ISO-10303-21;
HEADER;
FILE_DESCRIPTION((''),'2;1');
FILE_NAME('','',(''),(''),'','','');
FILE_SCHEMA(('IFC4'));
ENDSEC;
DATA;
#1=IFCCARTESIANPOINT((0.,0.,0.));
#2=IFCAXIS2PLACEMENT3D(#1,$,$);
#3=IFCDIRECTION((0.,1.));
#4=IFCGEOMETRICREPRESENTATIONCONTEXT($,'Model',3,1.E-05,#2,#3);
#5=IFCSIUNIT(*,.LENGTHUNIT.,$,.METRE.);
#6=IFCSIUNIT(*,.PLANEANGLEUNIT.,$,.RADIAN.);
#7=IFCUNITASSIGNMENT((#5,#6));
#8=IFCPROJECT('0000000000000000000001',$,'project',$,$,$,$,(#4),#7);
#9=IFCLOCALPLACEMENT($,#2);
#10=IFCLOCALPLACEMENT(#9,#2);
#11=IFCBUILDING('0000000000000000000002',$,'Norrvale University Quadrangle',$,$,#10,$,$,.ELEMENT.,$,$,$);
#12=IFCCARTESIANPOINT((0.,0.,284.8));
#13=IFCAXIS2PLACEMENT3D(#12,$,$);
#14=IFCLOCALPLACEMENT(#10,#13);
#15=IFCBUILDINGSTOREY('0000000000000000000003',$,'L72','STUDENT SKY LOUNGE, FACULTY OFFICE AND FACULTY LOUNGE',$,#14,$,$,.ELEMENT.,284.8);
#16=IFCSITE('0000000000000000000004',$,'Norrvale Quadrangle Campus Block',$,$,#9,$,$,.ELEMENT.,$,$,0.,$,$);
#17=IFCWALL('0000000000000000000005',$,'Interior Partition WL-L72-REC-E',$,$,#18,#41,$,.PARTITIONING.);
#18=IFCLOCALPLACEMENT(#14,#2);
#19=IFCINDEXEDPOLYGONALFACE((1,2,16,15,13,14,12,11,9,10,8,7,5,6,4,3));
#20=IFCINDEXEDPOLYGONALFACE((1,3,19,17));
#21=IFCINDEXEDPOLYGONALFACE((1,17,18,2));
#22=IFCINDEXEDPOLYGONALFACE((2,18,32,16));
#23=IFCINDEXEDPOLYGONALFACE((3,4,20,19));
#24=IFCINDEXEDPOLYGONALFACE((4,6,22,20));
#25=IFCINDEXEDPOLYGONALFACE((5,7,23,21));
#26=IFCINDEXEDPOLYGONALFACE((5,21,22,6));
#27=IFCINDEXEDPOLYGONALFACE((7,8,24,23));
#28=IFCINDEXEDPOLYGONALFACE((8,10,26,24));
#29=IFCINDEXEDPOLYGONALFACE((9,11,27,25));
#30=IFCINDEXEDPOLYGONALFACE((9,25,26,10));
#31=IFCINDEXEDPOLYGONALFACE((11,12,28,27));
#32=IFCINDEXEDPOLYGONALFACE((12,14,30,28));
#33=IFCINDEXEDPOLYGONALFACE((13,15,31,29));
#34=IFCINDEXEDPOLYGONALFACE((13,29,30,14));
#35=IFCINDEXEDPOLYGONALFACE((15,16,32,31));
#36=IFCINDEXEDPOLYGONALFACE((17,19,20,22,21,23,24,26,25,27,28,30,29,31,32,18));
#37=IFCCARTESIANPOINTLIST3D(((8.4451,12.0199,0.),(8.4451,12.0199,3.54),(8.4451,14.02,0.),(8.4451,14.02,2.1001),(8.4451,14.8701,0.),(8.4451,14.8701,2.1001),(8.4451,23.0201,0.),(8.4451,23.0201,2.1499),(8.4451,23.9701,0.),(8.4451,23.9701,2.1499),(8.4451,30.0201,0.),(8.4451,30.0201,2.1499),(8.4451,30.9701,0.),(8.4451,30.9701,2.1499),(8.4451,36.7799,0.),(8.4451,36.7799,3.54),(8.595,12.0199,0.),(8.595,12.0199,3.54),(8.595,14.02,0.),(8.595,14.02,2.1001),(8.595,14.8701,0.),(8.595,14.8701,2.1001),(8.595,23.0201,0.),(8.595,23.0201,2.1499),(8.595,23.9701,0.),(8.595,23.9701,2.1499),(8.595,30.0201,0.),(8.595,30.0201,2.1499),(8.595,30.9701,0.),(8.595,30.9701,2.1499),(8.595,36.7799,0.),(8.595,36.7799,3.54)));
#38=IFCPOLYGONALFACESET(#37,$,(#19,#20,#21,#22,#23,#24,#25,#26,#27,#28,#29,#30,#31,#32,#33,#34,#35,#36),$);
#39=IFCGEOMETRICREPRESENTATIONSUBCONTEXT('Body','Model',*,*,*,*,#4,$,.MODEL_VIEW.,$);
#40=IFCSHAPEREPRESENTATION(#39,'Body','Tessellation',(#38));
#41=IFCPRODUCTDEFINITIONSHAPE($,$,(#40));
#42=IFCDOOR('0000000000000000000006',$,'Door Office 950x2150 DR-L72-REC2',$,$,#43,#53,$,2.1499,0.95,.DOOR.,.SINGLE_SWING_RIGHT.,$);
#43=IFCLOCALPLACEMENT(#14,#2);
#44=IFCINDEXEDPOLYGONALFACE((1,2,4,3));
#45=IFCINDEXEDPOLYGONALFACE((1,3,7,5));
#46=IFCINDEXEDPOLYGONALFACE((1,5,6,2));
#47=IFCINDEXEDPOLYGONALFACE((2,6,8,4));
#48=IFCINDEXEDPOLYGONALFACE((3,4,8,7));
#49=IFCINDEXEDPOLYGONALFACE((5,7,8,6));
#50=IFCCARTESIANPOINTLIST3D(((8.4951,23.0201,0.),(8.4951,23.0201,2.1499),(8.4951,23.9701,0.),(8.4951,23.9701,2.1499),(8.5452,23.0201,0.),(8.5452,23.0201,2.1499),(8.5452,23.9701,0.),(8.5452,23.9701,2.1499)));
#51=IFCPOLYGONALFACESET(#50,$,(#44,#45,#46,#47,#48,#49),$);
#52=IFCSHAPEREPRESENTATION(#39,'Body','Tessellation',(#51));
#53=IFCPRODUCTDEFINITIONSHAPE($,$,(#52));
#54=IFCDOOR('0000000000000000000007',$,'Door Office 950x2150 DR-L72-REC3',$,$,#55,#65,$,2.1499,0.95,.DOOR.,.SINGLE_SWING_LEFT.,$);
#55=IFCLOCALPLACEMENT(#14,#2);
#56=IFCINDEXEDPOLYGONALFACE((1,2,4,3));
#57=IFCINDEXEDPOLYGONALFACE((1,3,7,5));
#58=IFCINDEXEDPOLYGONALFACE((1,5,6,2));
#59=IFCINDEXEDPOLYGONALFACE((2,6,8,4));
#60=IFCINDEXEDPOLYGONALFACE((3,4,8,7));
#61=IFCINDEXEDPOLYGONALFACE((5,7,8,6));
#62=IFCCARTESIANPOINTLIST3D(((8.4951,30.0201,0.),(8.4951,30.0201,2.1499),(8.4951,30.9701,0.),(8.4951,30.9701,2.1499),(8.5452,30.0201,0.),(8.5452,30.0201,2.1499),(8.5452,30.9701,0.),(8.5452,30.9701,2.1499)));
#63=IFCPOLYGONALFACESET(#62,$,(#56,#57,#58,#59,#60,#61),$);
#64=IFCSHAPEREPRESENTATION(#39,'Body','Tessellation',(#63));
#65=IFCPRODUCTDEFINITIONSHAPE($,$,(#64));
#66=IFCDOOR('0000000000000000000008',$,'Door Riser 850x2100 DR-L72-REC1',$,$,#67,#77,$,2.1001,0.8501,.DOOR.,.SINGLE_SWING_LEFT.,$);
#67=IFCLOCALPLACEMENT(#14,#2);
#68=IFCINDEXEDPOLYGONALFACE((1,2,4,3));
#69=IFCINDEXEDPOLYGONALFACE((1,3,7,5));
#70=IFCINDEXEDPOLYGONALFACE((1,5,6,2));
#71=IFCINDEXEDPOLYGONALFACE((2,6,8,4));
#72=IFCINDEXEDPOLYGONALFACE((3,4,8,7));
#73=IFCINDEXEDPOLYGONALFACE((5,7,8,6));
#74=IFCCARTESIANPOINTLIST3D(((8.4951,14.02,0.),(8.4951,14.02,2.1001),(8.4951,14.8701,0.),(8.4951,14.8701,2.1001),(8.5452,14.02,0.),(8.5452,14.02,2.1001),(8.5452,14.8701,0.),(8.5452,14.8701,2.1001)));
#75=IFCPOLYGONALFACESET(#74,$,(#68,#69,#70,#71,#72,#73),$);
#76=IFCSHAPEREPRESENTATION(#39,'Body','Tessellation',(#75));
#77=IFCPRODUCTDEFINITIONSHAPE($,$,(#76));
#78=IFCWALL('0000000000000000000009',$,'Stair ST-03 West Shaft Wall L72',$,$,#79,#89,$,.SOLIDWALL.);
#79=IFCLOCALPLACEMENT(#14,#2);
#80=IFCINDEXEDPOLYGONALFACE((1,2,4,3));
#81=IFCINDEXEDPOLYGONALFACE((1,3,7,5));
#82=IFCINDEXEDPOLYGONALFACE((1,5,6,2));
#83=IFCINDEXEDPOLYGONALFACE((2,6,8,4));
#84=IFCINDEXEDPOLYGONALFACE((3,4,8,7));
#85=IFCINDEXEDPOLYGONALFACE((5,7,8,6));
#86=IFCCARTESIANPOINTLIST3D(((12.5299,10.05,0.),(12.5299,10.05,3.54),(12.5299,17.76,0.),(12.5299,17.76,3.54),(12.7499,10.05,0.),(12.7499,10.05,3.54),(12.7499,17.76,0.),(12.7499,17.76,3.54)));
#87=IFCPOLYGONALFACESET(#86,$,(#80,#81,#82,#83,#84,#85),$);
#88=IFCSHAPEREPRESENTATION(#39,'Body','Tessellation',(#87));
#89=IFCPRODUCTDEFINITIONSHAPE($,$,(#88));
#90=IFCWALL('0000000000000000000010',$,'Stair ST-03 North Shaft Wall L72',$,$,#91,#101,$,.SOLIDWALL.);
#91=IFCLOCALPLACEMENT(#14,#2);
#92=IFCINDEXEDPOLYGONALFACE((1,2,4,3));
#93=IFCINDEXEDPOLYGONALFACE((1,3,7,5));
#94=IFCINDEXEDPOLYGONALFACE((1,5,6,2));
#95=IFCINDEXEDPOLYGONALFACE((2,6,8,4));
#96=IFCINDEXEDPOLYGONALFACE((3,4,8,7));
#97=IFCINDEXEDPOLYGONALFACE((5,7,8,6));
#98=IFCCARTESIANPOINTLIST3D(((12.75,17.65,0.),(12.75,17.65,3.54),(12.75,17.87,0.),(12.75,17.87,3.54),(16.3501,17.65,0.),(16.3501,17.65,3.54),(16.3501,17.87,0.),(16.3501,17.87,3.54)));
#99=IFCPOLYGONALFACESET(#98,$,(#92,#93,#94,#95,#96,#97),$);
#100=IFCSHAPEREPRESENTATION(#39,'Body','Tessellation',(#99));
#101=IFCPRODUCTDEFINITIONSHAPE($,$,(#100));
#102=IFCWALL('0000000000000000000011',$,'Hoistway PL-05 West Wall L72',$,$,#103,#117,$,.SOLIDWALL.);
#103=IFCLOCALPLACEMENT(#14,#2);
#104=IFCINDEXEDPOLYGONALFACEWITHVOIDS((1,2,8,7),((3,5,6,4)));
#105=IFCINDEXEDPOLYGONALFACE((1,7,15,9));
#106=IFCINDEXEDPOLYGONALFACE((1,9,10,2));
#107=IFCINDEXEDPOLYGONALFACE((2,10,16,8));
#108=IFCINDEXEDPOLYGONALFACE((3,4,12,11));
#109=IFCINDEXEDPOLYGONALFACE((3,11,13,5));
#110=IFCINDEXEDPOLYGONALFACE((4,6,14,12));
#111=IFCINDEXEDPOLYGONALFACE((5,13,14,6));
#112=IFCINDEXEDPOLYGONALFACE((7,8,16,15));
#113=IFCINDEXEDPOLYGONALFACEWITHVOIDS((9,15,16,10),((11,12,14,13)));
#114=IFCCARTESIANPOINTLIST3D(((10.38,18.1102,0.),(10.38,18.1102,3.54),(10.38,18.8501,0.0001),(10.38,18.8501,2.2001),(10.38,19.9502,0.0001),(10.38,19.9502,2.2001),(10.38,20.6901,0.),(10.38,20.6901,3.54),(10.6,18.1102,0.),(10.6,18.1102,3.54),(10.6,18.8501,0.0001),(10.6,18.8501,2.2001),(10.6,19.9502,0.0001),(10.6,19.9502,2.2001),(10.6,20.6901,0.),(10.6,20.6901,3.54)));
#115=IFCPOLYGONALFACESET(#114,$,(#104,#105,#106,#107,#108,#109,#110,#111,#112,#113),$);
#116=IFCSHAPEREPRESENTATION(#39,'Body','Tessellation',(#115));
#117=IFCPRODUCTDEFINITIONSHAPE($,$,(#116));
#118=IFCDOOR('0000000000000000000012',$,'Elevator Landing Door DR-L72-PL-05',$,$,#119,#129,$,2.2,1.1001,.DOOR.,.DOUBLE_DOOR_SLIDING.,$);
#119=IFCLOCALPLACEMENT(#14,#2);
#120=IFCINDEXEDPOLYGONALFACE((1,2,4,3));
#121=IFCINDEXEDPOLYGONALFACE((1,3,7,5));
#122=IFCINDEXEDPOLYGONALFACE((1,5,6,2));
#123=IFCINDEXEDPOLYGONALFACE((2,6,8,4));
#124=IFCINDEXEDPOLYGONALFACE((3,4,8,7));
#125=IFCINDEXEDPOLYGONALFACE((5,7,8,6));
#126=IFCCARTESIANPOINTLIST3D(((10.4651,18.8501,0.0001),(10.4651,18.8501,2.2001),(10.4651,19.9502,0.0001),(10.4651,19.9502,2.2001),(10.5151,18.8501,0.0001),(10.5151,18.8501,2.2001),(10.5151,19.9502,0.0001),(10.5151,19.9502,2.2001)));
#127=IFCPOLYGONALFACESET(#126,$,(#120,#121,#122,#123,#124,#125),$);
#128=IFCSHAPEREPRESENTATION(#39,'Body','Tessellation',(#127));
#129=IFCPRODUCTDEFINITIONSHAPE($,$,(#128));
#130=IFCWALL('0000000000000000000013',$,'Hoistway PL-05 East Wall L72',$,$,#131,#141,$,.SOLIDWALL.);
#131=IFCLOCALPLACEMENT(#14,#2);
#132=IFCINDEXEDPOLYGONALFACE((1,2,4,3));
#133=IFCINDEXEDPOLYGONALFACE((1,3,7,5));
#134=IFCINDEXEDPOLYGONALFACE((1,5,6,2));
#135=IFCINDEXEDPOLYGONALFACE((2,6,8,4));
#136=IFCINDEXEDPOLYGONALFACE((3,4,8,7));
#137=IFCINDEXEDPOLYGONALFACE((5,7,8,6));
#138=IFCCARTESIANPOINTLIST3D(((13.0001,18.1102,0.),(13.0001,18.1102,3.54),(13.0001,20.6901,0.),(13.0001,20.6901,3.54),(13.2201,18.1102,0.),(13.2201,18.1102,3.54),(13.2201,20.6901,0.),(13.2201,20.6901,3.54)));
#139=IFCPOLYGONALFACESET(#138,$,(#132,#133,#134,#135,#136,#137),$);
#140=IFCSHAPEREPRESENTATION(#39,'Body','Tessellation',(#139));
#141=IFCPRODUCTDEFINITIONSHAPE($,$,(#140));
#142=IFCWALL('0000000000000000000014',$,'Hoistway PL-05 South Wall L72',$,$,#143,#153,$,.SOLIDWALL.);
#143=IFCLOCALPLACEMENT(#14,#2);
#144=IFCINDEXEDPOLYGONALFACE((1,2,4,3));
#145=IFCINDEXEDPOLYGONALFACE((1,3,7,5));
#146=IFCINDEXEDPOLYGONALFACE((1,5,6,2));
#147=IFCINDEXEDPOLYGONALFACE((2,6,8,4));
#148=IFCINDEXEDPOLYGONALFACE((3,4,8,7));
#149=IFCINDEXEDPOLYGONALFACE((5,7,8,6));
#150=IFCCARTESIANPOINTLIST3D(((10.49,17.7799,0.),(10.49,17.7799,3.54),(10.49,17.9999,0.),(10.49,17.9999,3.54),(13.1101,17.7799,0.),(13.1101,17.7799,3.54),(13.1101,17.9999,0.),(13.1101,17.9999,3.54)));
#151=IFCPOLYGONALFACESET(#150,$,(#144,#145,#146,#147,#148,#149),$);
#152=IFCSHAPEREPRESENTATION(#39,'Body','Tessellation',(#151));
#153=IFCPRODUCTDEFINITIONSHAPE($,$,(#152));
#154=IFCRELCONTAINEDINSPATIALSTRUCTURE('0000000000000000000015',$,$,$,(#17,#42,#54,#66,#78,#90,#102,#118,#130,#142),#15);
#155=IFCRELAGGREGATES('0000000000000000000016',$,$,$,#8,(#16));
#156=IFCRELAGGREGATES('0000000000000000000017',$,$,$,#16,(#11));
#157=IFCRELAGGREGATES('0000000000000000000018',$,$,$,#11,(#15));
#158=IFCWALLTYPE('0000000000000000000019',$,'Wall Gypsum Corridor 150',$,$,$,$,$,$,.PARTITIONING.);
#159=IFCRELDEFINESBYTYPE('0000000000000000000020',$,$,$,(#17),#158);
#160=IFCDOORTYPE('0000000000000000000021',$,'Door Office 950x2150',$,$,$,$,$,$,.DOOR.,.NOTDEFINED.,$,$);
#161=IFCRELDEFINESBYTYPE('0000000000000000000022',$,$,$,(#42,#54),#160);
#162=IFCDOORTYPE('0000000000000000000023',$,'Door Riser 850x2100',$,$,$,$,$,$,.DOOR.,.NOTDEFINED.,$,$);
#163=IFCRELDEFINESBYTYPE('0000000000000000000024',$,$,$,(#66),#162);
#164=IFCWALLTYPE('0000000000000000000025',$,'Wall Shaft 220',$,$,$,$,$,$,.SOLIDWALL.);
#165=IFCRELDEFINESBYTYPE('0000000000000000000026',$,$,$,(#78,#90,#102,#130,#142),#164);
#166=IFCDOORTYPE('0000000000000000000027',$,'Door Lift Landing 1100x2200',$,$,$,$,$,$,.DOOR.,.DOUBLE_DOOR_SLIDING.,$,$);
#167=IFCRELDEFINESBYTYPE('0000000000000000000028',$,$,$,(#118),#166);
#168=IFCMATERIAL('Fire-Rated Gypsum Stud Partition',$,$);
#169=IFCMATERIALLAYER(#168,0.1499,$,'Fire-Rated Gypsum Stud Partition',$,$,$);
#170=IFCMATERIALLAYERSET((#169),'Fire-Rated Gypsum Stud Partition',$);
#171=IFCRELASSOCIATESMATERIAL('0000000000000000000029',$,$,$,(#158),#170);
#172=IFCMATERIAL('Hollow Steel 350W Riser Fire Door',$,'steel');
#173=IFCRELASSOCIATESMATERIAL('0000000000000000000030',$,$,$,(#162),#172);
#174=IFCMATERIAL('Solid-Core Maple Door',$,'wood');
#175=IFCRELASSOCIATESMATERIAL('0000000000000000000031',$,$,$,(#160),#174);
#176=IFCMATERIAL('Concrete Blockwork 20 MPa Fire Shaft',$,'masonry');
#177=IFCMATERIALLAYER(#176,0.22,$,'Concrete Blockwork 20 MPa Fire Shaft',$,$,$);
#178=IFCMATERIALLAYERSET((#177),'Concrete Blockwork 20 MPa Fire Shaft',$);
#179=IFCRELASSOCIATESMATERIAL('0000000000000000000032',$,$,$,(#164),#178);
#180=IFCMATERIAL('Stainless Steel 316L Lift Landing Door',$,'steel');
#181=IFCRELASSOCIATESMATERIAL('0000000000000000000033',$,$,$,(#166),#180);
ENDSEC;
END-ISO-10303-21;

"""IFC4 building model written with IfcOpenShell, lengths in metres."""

from ifc_helpers import new_model, si_unit, direction, frame, frame_2d, origin, place, context, subcontext, project, spatial, rectangle, extrude, material, layer, layer_set, type_object, element, fill, save


model = new_model("IFC4")

# Units and contexts
model_context = context("Model", 3, precision=1e-05, world=origin(), true_north=direction((0.0, 1.0)))
body_context = subcontext(model_context, "Body", "Model", "MODEL_VIEW")
ifc_project = project(units=[si_unit("LENGTHUNIT", "METRE"), si_unit("PLANEANGLEUNIT", "RADIAN")], contexts=[model_context])

# Site, building, storey
site_placement = place(None, origin())
site = spatial("IfcSite", under=ifc_project, at=site_placement, Name="Norrvale Quadrangle Campus Block", CompositionType="ELEMENT", RefElevation=0.0)
building_placement = place(site_placement, origin())
building = spatial("IfcBuilding", under=site, at=building_placement, Name="Norrvale University Quadrangle", CompositionType="ELEMENT")
storey_placement = place(building_placement, frame((0.0, 0.0, 284.8)))
storey = spatial("IfcBuildingStorey", under=building, at=storey_placement, Name="L72", Description="STUDENT SKY LOUNGE, FACULTY OFFICE AND FACULTY LOUNGE", CompositionType="ELEMENT", Elevation=284.8)

# Shared definitions
ifc_material_1 = material(Name="Fire-Rated Gypsum Stud Partition")
ifc_layer_1 = layer(ifc_material_1, 0.1499, Name="Fire-Rated Gypsum Stud Partition")
ifc_layer_set_1 = layer_set([ifc_layer_1], Name="Fire-Rated Gypsum Stud Partition")
wall_type_1 = type_object("IfcWallType", Name="Wall Gypsum Corridor 150", PredefinedType="PARTITIONING", material=ifc_layer_set_1)
ifc_material_2 = material(Name="Hollow Steel 350W Riser Fire Door", Category="steel")
door_type_1 = type_object("IfcDoorType", Name="Door Riser 850x2100", OperationType="NOTDEFINED", PredefinedType="DOOR", material=ifc_material_2)

# Wall, openings, doors
wall_1_placement = place(storey_placement, frame((8.52, 12.02, 0.0), z_axis=(0.0, 0.0, 1.0), x_axis=(0.0, 1.0, 0.0)))
wall_1 = element("IfcWall", 1, at=wall_1_placement, inside=storey, type_object=wall_type_1, Name="Interior Partition WL-L72-REC-E", PredefinedType="PARTITIONING", context=body_context, shape_type="SweptSolid", body=[
    extrude(rectangle(XDim=24.76, YDim=0.1499, at=frame_2d((12.3799, 0.0))), origin(), (0.0, 0.0, 1.0), 3.54),
])
opening_1_placement = place(wall_1_placement, frame((2.0, 0.0, 0.0)))
opening_1 = element("IfcOpeningElement", 2, at=opening_1_placement, cuts=wall_1, PredefinedType="OPENING", context=body_context, shape_type="SweptSolid", body=[
    extrude(rectangle(XDim=0.8501, YDim=2.1001, at=frame_2d((0.425, 1.05))), frame((0.0, 0.0869, 0.0), z_axis=(0.0, -1.0, 0.0), x_axis=(1.0, 0.0, 0.0)), (0.0, 0.0, 1.0), 0.1738),
])
opening_2_placement = place(wall_1_placement, frame((11.0, 0.0, 0.0)))
opening_2 = element("IfcOpeningElement", 3, at=opening_2_placement, cuts=wall_1, PredefinedType="OPENING", context=body_context, shape_type="SweptSolid", body=[
    extrude(rectangle(XDim=0.95, YDim=2.1499, at=frame_2d((0.4751, 1.075))), frame((0.0, 0.0869, 0.0), z_axis=(0.0, -1.0, 0.0), x_axis=(1.0, 0.0, 0.0)), (0.0, 0.0, 1.0), 0.1738),
])
opening_3_placement = place(wall_1_placement, frame((18.0, 0.0, 0.0)))
opening_3 = element("IfcOpeningElement", 4, at=opening_3_placement, cuts=wall_1, PredefinedType="OPENING", context=body_context, shape_type="SweptSolid", body=[
    extrude(rectangle(XDim=0.95, YDim=2.1499, at=frame_2d((0.4751, 1.075))), frame((0.0, 0.0869, 0.0), z_axis=(0.0, -1.0, 0.0), x_axis=(1.0, 0.0, 0.0)), (0.0, 0.0, 1.0), 0.1738),
])
ifc_material_3 = material(Name="Solid-Core Maple Door", Category="wood")
door_type_2 = type_object("IfcDoorType", Name="Door Office 950x2150", OperationType="NOTDEFINED", PredefinedType="DOOR", material=ifc_material_3)
door_1_placement = place(opening_2_placement, origin())
door_1 = element("IfcDoor", 5, at=door_1_placement, inside=storey, type_object=door_type_2, Name="Door Office 950x2150 DR-L72-REC2", OperationType="SINGLE_SWING_RIGHT", OverallHeight=2.1499, OverallWidth=0.95, PredefinedType="DOOR", context=body_context, shape_type="SweptSolid", body=[
    extrude(rectangle(XDim=0.95, YDim=2.1499, at=frame_2d((0.4751, 1.075))), frame((0.0, 0.0249, 0.0), z_axis=(0.0, -1.0, 0.0), x_axis=(1.0, 0.0, 0.0)), (0.0, 0.0, 1.0), 0.05),
])
fill(opening_2, door_1)
door_2_placement = place(opening_3_placement, origin())
door_2 = element("IfcDoor", 6, at=door_2_placement, inside=storey, type_object=door_type_2, Name="Door Office 950x2150 DR-L72-REC3", OperationType="SINGLE_SWING_LEFT", OverallHeight=2.1499, OverallWidth=0.95, PredefinedType="DOOR", context=body_context, shape_type="SweptSolid", body=[
    extrude(rectangle(XDim=0.95, YDim=2.1499, at=frame_2d((0.4751, 1.075))), frame((0.0, 0.0249, 0.0), z_axis=(0.0, -1.0, 0.0), x_axis=(1.0, 0.0, 0.0)), (0.0, 0.0, 1.0), 0.05),
])
fill(opening_3, door_2)
door_3_placement = place(opening_1_placement, origin())
door_3 = element("IfcDoor", 7, at=door_3_placement, inside=storey, type_object=door_type_1, Name="Door Riser 850x2100 DR-L72-REC1", OperationType="SINGLE_SWING_LEFT", OverallHeight=2.1001, OverallWidth=0.8501, PredefinedType="DOOR", context=body_context, shape_type="SweptSolid", body=[
    extrude(rectangle(XDim=0.8501, YDim=2.1001, at=frame_2d((0.425, 1.05))), frame((0.0, 0.0249, 0.0), z_axis=(0.0, -1.0, 0.0), x_axis=(1.0, 0.0, 0.0)), (0.0, 0.0, 1.0), 0.05),
])
fill(opening_1, door_3)

# Walls
ifc_material_4 = material(Name="Concrete Blockwork 20 MPa Fire Shaft", Category="masonry")
ifc_layer_2 = layer(ifc_material_4, 0.22, Name="Concrete Blockwork 20 MPa Fire Shaft")
ifc_layer_set_2 = layer_set([ifc_layer_2], Name="Concrete Blockwork 20 MPa Fire Shaft")
wall_type_2 = type_object("IfcWallType", Name="Wall Shaft 220", PredefinedType="SOLIDWALL", material=ifc_layer_set_2)
wall_2_placement = place(storey_placement, frame((12.6399, 10.05, 0.0), z_axis=(0.0, 0.0, 1.0), x_axis=(0.0, 1.0, 0.0)))
element("IfcWall", 8, at=wall_2_placement, inside=storey, type_object=wall_type_2, Name="Stair ST-03 West Shaft Wall L72", PredefinedType="SOLIDWALL", context=body_context, shape_type="SweptSolid", body=[
    extrude(rectangle(XDim=7.71, YDim=0.22, at=frame_2d((3.855, 0.0))), origin(), (0.0, 0.0, 1.0), 3.54),
])
wall_3_placement = place(storey_placement, frame((12.75, 17.76, 0.0), z_axis=(0.0, 0.0, 1.0), x_axis=(1.0, 0.0, 0.0)))
element("IfcWall", 9, at=wall_3_placement, inside=storey, type_object=wall_type_2, Name="Stair ST-03 North Shaft Wall L72", PredefinedType="SOLIDWALL", context=body_context, shape_type="SweptSolid", body=[
    extrude(rectangle(XDim=3.6001, YDim=0.22, at=frame_2d((1.8, 0.0))), origin(), (0.0, 0.0, 1.0), 3.54),
])

# Wall, opening, door
wall_4_placement = place(storey_placement, frame((10.49, 18.1101, 0.0), z_axis=(0.0, 0.0, 1.0), x_axis=(0.0, 1.0, 0.0)))
wall_4 = element("IfcWall", 10, at=wall_4_placement, inside=storey, type_object=wall_type_2, Name="Hoistway PL-05 West Wall L72", PredefinedType="SOLIDWALL", context=body_context, shape_type="SweptSolid", body=[
    extrude(rectangle(XDim=2.5798, YDim=0.22, at=frame_2d((1.29, 0.0))), origin(), (0.0, 0.0, 1.0), 3.54),
])
opening_4_placement = place(wall_4_placement, frame((0.74, 0.0, 0.0)))
opening_4 = element("IfcOpeningElement", 11, at=opening_4_placement, cuts=wall_4, PredefinedType="OPENING", context=body_context, shape_type="SweptSolid", body=[
    extrude(rectangle(XDim=1.1001, YDim=2.2, at=frame_2d((0.55, 1.1001))), frame((0.0, 0.1221, 0.0), z_axis=(0.0, -1.0, 0.0), x_axis=(1.0, 0.0, 0.0)), (0.0, 0.0, 1.0), 0.2439),
])
ifc_material_5 = material(Name="Stainless Steel 316L Lift Landing Door", Category="steel")
door_type_3 = type_object("IfcDoorType", Name="Door Lift Landing 1100x2200", OperationType="DOUBLE_DOOR_SLIDING", PredefinedType="DOOR", material=ifc_material_5)
door_4_placement = place(opening_4_placement, origin())
door_4 = element("IfcDoor", 12, at=door_4_placement, inside=storey, type_object=door_type_3, Name="Elevator Landing Door DR-L72-PL-05", OperationType="DOUBLE_DOOR_SLIDING", OverallHeight=2.2, OverallWidth=1.1001, PredefinedType="DOOR", context=body_context, shape_type="SweptSolid", body=[
    extrude(rectangle(XDim=1.1001, YDim=2.2, at=frame_2d((0.55, 1.1001))), frame((0.0, 0.0249, 0.0), z_axis=(0.0, -1.0, 0.0), x_axis=(1.0, 0.0, 0.0)), (0.0, 0.0, 1.0), 0.05),
])
fill(opening_4, door_4)

# Walls
wall_5_placement = place(storey_placement, frame((13.1101, 18.1101, 0.0), z_axis=(0.0, 0.0, 1.0), x_axis=(0.0, 1.0, 0.0)))
element("IfcWall", 13, at=wall_5_placement, inside=storey, type_object=wall_type_2, Name="Hoistway PL-05 East Wall L72", PredefinedType="SOLIDWALL", context=body_context, shape_type="SweptSolid", body=[
    extrude(rectangle(XDim=2.5798, YDim=0.22, at=frame_2d((1.29, 0.0))), origin(), (0.0, 0.0, 1.0), 3.54),
])
wall_6_placement = place(storey_placement, frame((10.49, 17.8899, 0.0), z_axis=(0.0, 0.0, 1.0), x_axis=(1.0, 0.0, 0.0)))
element("IfcWall", 14, at=wall_6_placement, inside=storey, type_object=wall_type_2, Name="Hoistway PL-05 South Wall L72", PredefinedType="SOLIDWALL", context=body_context, shape_type="SweptSolid", body=[
    extrude(rectangle(XDim=2.6201, YDim=0.22, at=frame_2d((1.3101, 0.0))), origin(), (0.0, 0.0, 1.0), 3.54),
])

save(model, "model.ifc")
